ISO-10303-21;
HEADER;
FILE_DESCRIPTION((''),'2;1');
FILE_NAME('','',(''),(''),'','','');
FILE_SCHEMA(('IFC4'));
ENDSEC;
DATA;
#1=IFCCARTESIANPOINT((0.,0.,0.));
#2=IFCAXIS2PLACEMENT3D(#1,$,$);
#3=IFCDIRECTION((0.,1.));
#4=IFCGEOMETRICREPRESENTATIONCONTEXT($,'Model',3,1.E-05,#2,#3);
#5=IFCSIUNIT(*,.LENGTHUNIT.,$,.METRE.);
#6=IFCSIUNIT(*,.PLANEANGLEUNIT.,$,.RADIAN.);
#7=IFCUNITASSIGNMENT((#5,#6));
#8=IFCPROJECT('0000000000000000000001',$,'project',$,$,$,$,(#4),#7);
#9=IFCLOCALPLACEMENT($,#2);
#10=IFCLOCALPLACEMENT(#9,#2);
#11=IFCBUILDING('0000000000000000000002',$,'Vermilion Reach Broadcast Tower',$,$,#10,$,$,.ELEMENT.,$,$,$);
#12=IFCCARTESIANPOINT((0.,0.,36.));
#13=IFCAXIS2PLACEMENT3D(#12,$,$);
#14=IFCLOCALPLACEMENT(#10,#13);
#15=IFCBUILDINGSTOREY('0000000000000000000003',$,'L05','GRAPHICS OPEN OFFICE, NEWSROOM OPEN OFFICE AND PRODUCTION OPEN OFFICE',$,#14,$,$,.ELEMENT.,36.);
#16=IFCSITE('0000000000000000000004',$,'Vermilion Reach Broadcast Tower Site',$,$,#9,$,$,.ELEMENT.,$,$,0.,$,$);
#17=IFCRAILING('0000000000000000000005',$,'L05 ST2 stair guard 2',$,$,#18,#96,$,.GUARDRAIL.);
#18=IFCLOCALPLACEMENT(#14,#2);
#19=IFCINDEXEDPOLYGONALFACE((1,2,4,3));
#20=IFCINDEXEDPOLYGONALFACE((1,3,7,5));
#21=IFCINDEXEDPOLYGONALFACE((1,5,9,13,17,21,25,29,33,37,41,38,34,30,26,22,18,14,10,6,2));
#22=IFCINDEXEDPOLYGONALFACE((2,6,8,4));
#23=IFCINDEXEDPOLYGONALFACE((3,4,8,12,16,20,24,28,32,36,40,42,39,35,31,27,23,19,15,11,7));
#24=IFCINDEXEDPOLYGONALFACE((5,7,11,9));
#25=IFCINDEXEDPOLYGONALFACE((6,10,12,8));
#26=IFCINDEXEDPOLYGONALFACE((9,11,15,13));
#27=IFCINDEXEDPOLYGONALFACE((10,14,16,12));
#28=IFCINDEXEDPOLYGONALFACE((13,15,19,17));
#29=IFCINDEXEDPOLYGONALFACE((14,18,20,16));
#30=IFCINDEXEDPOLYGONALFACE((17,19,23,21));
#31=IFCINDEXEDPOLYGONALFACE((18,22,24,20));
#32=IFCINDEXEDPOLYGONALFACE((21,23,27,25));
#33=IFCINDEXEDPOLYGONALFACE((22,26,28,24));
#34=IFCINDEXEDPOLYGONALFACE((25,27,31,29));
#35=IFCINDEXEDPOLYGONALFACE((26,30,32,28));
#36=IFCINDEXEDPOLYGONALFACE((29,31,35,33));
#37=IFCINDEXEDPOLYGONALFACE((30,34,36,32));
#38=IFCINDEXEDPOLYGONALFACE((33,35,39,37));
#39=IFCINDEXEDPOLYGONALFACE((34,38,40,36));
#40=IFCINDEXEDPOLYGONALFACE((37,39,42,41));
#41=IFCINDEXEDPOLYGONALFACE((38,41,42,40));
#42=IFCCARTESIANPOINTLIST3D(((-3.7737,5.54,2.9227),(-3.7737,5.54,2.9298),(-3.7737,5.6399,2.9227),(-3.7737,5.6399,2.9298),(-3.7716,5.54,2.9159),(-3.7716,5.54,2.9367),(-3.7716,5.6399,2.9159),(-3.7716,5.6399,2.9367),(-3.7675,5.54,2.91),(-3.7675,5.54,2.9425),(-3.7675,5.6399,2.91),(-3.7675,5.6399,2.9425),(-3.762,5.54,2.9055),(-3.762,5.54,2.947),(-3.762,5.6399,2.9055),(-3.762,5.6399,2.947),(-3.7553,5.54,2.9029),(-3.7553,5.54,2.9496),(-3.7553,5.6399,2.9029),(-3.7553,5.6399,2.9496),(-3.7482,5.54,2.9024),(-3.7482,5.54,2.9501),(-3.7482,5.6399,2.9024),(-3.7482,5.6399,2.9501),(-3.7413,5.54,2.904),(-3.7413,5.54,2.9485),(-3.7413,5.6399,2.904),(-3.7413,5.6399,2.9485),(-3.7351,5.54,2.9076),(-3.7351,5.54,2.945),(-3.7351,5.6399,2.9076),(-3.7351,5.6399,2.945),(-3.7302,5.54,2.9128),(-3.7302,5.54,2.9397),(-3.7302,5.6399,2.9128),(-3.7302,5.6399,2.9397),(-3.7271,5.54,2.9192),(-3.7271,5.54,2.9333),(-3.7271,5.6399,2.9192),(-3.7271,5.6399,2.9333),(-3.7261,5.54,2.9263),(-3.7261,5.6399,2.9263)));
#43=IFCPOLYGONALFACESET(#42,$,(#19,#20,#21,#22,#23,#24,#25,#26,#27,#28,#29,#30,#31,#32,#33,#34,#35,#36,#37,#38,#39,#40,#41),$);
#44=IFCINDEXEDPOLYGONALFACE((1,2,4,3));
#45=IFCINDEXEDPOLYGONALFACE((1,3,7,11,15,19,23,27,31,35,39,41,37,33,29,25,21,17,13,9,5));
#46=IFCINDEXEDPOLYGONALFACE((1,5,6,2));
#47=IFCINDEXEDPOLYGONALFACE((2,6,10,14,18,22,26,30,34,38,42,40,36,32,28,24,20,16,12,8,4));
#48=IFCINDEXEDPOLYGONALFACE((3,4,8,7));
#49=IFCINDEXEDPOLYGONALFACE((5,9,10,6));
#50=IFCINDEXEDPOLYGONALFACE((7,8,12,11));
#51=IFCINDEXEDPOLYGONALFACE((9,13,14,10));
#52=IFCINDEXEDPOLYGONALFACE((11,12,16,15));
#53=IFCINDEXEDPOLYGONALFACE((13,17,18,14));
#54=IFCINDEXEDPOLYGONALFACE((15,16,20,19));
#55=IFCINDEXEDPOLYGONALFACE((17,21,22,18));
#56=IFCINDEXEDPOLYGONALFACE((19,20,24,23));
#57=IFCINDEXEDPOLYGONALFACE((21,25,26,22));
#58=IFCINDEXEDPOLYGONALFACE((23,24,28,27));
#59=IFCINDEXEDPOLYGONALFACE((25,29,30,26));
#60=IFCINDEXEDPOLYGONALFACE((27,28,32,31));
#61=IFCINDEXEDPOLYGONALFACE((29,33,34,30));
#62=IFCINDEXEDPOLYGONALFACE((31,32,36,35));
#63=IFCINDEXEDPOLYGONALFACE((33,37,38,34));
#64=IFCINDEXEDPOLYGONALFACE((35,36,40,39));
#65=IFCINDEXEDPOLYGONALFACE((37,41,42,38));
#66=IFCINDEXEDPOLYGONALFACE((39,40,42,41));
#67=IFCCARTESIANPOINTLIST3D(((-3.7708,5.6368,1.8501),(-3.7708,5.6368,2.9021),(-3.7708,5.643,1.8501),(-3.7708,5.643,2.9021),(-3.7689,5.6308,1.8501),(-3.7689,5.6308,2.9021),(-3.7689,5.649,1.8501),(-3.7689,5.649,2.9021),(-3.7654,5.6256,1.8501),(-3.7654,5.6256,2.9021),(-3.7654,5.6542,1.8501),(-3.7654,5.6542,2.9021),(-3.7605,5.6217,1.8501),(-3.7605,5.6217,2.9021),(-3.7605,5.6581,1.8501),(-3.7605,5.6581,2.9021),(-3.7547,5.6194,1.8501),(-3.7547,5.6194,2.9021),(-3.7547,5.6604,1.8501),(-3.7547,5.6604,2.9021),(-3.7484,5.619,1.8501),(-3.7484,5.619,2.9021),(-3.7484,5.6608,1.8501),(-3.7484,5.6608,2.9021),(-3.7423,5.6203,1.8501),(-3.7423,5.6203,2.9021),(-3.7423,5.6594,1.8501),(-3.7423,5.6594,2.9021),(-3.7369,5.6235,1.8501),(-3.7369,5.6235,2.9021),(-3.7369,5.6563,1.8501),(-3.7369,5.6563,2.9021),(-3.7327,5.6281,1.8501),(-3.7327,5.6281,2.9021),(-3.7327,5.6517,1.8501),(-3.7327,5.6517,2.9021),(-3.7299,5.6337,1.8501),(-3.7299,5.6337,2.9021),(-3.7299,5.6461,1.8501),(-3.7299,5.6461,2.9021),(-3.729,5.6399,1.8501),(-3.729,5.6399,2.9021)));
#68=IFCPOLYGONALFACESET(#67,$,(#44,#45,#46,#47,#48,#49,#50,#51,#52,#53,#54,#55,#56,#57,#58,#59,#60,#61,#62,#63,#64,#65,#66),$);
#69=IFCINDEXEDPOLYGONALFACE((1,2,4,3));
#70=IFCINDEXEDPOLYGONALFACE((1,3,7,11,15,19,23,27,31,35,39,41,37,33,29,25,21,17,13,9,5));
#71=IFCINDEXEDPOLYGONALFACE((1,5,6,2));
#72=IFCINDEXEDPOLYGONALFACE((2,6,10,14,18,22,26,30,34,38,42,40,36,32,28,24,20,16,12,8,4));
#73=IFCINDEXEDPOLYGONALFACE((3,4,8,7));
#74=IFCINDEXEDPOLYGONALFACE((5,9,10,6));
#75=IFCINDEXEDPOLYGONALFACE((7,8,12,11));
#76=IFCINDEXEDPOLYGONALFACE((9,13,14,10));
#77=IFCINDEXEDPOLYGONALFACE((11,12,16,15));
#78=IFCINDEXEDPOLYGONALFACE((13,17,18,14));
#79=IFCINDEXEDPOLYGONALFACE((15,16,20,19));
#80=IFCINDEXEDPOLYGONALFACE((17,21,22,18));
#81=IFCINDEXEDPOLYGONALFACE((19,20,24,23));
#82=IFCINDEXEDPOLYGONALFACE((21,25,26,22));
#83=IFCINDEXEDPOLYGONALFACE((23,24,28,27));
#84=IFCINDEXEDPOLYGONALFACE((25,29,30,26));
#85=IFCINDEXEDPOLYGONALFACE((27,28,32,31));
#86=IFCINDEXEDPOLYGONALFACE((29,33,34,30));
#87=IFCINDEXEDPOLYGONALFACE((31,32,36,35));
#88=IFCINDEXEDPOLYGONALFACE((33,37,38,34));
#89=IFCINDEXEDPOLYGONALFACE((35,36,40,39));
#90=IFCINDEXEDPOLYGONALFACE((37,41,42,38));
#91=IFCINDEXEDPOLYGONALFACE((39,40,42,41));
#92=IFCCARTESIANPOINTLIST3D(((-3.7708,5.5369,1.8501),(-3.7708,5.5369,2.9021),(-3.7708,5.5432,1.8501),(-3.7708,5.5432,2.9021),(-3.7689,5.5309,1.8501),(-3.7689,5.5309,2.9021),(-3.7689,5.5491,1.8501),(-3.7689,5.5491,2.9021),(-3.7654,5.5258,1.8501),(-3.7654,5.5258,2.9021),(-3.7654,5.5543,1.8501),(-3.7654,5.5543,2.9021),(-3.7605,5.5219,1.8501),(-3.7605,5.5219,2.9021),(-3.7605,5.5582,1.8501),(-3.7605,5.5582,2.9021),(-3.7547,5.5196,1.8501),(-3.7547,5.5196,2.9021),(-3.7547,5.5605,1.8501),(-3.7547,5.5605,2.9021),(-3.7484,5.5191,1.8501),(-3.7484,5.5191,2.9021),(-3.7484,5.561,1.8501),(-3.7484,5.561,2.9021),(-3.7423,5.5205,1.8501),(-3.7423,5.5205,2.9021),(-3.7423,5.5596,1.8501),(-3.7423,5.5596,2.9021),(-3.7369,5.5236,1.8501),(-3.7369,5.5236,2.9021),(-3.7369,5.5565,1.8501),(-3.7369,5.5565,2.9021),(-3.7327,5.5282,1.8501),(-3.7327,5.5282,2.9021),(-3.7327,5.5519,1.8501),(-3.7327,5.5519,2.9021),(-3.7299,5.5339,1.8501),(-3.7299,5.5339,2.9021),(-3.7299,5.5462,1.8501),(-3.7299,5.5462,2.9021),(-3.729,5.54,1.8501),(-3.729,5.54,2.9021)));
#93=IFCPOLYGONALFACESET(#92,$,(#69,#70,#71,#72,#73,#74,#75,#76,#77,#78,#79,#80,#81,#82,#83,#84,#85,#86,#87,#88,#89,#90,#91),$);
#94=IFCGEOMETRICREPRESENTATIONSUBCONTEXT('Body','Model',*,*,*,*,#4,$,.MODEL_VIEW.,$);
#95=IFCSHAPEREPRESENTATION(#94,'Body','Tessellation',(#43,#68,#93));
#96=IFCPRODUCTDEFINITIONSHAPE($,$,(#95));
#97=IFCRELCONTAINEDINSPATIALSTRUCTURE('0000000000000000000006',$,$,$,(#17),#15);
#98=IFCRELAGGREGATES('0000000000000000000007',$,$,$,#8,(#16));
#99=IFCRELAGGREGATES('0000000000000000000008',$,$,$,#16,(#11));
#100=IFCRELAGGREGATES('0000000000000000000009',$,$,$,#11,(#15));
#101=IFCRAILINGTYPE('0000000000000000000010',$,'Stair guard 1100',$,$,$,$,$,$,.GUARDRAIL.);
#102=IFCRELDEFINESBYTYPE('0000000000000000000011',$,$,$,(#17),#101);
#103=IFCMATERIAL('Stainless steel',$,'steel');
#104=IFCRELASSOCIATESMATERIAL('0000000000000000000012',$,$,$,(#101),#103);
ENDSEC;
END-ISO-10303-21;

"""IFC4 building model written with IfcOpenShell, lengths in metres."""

from ifc_helpers import new_model, si_unit, direction, frame, origin, origin_2d, place, context, subcontext, project, spatial, circle, extrude, material, type_object, element, save


model = new_model("IFC4")

# Units and contexts
model_context = context("Model", 3, precision=1e-05, world=origin(), true_north=direction((0.0, 1.0)))
body_context = subcontext(model_context, "Body", "Model", "MODEL_VIEW")
ifc_project = project(units=[si_unit("LENGTHUNIT", "METRE"), si_unit("PLANEANGLEUNIT", "RADIAN")], contexts=[model_context])

# Site, building, storey
site_placement = place(None, origin())
site = spatial("IfcSite", under=ifc_project, at=site_placement, Name="Vermilion Reach Broadcast Tower Site", CompositionType="ELEMENT", RefElevation=0.0)
building_placement = place(site_placement, origin())
building = spatial("IfcBuilding", under=site, at=building_placement, Name="Vermilion Reach Broadcast Tower", CompositionType="ELEMENT")
storey_placement = place(building_placement, frame((0.0, 0.0, 36.0)))
storey = spatial("IfcBuildingStorey", under=building, at=storey_placement, Name="L05", Description="GRAPHICS OPEN OFFICE, NEWSROOM OPEN OFFICE AND PRODUCTION OPEN OFFICE", CompositionType="ELEMENT", Elevation=36.0)

# Railing
ifc_material_1 = material(Name="Stainless steel", Category="steel")
railing_type_1 = type_object("IfcRailingType", Name="Stair guard 1100", PredefinedType="GUARDRAIL", material=ifc_material_1)
railing_1_placement = place(storey_placement, frame((-3.75, 5.6399, 1.8501)))
element("IfcRailing", 1, at=railing_1_placement, inside=storey, type_object=railing_type_1, Name="L05 ST2 stair guard 2", PredefinedType="GUARDRAIL", context=body_context, shape_type="SweptSolid", body=[
    extrude(circle(Radius=0.0239, at=origin_2d()), frame((0.0, 0.0, 1.0762), z_axis=(0.0, -1.0, 0.0), x_axis=(1.0, 0.0, 0.0)), (0.0, 0.0, 1.0), 0.0999),
    extrude(circle(Radius=0.021, at=origin_2d()), origin(), (0.0, 0.0, 1.0), 1.052),
    extrude(circle(Radius=0.021, at=origin_2d()), frame((0.0, -0.0999, 0.0)), (0.0, 0.0, 1.0), 1.052),
])

save(model, "model.ifc")
